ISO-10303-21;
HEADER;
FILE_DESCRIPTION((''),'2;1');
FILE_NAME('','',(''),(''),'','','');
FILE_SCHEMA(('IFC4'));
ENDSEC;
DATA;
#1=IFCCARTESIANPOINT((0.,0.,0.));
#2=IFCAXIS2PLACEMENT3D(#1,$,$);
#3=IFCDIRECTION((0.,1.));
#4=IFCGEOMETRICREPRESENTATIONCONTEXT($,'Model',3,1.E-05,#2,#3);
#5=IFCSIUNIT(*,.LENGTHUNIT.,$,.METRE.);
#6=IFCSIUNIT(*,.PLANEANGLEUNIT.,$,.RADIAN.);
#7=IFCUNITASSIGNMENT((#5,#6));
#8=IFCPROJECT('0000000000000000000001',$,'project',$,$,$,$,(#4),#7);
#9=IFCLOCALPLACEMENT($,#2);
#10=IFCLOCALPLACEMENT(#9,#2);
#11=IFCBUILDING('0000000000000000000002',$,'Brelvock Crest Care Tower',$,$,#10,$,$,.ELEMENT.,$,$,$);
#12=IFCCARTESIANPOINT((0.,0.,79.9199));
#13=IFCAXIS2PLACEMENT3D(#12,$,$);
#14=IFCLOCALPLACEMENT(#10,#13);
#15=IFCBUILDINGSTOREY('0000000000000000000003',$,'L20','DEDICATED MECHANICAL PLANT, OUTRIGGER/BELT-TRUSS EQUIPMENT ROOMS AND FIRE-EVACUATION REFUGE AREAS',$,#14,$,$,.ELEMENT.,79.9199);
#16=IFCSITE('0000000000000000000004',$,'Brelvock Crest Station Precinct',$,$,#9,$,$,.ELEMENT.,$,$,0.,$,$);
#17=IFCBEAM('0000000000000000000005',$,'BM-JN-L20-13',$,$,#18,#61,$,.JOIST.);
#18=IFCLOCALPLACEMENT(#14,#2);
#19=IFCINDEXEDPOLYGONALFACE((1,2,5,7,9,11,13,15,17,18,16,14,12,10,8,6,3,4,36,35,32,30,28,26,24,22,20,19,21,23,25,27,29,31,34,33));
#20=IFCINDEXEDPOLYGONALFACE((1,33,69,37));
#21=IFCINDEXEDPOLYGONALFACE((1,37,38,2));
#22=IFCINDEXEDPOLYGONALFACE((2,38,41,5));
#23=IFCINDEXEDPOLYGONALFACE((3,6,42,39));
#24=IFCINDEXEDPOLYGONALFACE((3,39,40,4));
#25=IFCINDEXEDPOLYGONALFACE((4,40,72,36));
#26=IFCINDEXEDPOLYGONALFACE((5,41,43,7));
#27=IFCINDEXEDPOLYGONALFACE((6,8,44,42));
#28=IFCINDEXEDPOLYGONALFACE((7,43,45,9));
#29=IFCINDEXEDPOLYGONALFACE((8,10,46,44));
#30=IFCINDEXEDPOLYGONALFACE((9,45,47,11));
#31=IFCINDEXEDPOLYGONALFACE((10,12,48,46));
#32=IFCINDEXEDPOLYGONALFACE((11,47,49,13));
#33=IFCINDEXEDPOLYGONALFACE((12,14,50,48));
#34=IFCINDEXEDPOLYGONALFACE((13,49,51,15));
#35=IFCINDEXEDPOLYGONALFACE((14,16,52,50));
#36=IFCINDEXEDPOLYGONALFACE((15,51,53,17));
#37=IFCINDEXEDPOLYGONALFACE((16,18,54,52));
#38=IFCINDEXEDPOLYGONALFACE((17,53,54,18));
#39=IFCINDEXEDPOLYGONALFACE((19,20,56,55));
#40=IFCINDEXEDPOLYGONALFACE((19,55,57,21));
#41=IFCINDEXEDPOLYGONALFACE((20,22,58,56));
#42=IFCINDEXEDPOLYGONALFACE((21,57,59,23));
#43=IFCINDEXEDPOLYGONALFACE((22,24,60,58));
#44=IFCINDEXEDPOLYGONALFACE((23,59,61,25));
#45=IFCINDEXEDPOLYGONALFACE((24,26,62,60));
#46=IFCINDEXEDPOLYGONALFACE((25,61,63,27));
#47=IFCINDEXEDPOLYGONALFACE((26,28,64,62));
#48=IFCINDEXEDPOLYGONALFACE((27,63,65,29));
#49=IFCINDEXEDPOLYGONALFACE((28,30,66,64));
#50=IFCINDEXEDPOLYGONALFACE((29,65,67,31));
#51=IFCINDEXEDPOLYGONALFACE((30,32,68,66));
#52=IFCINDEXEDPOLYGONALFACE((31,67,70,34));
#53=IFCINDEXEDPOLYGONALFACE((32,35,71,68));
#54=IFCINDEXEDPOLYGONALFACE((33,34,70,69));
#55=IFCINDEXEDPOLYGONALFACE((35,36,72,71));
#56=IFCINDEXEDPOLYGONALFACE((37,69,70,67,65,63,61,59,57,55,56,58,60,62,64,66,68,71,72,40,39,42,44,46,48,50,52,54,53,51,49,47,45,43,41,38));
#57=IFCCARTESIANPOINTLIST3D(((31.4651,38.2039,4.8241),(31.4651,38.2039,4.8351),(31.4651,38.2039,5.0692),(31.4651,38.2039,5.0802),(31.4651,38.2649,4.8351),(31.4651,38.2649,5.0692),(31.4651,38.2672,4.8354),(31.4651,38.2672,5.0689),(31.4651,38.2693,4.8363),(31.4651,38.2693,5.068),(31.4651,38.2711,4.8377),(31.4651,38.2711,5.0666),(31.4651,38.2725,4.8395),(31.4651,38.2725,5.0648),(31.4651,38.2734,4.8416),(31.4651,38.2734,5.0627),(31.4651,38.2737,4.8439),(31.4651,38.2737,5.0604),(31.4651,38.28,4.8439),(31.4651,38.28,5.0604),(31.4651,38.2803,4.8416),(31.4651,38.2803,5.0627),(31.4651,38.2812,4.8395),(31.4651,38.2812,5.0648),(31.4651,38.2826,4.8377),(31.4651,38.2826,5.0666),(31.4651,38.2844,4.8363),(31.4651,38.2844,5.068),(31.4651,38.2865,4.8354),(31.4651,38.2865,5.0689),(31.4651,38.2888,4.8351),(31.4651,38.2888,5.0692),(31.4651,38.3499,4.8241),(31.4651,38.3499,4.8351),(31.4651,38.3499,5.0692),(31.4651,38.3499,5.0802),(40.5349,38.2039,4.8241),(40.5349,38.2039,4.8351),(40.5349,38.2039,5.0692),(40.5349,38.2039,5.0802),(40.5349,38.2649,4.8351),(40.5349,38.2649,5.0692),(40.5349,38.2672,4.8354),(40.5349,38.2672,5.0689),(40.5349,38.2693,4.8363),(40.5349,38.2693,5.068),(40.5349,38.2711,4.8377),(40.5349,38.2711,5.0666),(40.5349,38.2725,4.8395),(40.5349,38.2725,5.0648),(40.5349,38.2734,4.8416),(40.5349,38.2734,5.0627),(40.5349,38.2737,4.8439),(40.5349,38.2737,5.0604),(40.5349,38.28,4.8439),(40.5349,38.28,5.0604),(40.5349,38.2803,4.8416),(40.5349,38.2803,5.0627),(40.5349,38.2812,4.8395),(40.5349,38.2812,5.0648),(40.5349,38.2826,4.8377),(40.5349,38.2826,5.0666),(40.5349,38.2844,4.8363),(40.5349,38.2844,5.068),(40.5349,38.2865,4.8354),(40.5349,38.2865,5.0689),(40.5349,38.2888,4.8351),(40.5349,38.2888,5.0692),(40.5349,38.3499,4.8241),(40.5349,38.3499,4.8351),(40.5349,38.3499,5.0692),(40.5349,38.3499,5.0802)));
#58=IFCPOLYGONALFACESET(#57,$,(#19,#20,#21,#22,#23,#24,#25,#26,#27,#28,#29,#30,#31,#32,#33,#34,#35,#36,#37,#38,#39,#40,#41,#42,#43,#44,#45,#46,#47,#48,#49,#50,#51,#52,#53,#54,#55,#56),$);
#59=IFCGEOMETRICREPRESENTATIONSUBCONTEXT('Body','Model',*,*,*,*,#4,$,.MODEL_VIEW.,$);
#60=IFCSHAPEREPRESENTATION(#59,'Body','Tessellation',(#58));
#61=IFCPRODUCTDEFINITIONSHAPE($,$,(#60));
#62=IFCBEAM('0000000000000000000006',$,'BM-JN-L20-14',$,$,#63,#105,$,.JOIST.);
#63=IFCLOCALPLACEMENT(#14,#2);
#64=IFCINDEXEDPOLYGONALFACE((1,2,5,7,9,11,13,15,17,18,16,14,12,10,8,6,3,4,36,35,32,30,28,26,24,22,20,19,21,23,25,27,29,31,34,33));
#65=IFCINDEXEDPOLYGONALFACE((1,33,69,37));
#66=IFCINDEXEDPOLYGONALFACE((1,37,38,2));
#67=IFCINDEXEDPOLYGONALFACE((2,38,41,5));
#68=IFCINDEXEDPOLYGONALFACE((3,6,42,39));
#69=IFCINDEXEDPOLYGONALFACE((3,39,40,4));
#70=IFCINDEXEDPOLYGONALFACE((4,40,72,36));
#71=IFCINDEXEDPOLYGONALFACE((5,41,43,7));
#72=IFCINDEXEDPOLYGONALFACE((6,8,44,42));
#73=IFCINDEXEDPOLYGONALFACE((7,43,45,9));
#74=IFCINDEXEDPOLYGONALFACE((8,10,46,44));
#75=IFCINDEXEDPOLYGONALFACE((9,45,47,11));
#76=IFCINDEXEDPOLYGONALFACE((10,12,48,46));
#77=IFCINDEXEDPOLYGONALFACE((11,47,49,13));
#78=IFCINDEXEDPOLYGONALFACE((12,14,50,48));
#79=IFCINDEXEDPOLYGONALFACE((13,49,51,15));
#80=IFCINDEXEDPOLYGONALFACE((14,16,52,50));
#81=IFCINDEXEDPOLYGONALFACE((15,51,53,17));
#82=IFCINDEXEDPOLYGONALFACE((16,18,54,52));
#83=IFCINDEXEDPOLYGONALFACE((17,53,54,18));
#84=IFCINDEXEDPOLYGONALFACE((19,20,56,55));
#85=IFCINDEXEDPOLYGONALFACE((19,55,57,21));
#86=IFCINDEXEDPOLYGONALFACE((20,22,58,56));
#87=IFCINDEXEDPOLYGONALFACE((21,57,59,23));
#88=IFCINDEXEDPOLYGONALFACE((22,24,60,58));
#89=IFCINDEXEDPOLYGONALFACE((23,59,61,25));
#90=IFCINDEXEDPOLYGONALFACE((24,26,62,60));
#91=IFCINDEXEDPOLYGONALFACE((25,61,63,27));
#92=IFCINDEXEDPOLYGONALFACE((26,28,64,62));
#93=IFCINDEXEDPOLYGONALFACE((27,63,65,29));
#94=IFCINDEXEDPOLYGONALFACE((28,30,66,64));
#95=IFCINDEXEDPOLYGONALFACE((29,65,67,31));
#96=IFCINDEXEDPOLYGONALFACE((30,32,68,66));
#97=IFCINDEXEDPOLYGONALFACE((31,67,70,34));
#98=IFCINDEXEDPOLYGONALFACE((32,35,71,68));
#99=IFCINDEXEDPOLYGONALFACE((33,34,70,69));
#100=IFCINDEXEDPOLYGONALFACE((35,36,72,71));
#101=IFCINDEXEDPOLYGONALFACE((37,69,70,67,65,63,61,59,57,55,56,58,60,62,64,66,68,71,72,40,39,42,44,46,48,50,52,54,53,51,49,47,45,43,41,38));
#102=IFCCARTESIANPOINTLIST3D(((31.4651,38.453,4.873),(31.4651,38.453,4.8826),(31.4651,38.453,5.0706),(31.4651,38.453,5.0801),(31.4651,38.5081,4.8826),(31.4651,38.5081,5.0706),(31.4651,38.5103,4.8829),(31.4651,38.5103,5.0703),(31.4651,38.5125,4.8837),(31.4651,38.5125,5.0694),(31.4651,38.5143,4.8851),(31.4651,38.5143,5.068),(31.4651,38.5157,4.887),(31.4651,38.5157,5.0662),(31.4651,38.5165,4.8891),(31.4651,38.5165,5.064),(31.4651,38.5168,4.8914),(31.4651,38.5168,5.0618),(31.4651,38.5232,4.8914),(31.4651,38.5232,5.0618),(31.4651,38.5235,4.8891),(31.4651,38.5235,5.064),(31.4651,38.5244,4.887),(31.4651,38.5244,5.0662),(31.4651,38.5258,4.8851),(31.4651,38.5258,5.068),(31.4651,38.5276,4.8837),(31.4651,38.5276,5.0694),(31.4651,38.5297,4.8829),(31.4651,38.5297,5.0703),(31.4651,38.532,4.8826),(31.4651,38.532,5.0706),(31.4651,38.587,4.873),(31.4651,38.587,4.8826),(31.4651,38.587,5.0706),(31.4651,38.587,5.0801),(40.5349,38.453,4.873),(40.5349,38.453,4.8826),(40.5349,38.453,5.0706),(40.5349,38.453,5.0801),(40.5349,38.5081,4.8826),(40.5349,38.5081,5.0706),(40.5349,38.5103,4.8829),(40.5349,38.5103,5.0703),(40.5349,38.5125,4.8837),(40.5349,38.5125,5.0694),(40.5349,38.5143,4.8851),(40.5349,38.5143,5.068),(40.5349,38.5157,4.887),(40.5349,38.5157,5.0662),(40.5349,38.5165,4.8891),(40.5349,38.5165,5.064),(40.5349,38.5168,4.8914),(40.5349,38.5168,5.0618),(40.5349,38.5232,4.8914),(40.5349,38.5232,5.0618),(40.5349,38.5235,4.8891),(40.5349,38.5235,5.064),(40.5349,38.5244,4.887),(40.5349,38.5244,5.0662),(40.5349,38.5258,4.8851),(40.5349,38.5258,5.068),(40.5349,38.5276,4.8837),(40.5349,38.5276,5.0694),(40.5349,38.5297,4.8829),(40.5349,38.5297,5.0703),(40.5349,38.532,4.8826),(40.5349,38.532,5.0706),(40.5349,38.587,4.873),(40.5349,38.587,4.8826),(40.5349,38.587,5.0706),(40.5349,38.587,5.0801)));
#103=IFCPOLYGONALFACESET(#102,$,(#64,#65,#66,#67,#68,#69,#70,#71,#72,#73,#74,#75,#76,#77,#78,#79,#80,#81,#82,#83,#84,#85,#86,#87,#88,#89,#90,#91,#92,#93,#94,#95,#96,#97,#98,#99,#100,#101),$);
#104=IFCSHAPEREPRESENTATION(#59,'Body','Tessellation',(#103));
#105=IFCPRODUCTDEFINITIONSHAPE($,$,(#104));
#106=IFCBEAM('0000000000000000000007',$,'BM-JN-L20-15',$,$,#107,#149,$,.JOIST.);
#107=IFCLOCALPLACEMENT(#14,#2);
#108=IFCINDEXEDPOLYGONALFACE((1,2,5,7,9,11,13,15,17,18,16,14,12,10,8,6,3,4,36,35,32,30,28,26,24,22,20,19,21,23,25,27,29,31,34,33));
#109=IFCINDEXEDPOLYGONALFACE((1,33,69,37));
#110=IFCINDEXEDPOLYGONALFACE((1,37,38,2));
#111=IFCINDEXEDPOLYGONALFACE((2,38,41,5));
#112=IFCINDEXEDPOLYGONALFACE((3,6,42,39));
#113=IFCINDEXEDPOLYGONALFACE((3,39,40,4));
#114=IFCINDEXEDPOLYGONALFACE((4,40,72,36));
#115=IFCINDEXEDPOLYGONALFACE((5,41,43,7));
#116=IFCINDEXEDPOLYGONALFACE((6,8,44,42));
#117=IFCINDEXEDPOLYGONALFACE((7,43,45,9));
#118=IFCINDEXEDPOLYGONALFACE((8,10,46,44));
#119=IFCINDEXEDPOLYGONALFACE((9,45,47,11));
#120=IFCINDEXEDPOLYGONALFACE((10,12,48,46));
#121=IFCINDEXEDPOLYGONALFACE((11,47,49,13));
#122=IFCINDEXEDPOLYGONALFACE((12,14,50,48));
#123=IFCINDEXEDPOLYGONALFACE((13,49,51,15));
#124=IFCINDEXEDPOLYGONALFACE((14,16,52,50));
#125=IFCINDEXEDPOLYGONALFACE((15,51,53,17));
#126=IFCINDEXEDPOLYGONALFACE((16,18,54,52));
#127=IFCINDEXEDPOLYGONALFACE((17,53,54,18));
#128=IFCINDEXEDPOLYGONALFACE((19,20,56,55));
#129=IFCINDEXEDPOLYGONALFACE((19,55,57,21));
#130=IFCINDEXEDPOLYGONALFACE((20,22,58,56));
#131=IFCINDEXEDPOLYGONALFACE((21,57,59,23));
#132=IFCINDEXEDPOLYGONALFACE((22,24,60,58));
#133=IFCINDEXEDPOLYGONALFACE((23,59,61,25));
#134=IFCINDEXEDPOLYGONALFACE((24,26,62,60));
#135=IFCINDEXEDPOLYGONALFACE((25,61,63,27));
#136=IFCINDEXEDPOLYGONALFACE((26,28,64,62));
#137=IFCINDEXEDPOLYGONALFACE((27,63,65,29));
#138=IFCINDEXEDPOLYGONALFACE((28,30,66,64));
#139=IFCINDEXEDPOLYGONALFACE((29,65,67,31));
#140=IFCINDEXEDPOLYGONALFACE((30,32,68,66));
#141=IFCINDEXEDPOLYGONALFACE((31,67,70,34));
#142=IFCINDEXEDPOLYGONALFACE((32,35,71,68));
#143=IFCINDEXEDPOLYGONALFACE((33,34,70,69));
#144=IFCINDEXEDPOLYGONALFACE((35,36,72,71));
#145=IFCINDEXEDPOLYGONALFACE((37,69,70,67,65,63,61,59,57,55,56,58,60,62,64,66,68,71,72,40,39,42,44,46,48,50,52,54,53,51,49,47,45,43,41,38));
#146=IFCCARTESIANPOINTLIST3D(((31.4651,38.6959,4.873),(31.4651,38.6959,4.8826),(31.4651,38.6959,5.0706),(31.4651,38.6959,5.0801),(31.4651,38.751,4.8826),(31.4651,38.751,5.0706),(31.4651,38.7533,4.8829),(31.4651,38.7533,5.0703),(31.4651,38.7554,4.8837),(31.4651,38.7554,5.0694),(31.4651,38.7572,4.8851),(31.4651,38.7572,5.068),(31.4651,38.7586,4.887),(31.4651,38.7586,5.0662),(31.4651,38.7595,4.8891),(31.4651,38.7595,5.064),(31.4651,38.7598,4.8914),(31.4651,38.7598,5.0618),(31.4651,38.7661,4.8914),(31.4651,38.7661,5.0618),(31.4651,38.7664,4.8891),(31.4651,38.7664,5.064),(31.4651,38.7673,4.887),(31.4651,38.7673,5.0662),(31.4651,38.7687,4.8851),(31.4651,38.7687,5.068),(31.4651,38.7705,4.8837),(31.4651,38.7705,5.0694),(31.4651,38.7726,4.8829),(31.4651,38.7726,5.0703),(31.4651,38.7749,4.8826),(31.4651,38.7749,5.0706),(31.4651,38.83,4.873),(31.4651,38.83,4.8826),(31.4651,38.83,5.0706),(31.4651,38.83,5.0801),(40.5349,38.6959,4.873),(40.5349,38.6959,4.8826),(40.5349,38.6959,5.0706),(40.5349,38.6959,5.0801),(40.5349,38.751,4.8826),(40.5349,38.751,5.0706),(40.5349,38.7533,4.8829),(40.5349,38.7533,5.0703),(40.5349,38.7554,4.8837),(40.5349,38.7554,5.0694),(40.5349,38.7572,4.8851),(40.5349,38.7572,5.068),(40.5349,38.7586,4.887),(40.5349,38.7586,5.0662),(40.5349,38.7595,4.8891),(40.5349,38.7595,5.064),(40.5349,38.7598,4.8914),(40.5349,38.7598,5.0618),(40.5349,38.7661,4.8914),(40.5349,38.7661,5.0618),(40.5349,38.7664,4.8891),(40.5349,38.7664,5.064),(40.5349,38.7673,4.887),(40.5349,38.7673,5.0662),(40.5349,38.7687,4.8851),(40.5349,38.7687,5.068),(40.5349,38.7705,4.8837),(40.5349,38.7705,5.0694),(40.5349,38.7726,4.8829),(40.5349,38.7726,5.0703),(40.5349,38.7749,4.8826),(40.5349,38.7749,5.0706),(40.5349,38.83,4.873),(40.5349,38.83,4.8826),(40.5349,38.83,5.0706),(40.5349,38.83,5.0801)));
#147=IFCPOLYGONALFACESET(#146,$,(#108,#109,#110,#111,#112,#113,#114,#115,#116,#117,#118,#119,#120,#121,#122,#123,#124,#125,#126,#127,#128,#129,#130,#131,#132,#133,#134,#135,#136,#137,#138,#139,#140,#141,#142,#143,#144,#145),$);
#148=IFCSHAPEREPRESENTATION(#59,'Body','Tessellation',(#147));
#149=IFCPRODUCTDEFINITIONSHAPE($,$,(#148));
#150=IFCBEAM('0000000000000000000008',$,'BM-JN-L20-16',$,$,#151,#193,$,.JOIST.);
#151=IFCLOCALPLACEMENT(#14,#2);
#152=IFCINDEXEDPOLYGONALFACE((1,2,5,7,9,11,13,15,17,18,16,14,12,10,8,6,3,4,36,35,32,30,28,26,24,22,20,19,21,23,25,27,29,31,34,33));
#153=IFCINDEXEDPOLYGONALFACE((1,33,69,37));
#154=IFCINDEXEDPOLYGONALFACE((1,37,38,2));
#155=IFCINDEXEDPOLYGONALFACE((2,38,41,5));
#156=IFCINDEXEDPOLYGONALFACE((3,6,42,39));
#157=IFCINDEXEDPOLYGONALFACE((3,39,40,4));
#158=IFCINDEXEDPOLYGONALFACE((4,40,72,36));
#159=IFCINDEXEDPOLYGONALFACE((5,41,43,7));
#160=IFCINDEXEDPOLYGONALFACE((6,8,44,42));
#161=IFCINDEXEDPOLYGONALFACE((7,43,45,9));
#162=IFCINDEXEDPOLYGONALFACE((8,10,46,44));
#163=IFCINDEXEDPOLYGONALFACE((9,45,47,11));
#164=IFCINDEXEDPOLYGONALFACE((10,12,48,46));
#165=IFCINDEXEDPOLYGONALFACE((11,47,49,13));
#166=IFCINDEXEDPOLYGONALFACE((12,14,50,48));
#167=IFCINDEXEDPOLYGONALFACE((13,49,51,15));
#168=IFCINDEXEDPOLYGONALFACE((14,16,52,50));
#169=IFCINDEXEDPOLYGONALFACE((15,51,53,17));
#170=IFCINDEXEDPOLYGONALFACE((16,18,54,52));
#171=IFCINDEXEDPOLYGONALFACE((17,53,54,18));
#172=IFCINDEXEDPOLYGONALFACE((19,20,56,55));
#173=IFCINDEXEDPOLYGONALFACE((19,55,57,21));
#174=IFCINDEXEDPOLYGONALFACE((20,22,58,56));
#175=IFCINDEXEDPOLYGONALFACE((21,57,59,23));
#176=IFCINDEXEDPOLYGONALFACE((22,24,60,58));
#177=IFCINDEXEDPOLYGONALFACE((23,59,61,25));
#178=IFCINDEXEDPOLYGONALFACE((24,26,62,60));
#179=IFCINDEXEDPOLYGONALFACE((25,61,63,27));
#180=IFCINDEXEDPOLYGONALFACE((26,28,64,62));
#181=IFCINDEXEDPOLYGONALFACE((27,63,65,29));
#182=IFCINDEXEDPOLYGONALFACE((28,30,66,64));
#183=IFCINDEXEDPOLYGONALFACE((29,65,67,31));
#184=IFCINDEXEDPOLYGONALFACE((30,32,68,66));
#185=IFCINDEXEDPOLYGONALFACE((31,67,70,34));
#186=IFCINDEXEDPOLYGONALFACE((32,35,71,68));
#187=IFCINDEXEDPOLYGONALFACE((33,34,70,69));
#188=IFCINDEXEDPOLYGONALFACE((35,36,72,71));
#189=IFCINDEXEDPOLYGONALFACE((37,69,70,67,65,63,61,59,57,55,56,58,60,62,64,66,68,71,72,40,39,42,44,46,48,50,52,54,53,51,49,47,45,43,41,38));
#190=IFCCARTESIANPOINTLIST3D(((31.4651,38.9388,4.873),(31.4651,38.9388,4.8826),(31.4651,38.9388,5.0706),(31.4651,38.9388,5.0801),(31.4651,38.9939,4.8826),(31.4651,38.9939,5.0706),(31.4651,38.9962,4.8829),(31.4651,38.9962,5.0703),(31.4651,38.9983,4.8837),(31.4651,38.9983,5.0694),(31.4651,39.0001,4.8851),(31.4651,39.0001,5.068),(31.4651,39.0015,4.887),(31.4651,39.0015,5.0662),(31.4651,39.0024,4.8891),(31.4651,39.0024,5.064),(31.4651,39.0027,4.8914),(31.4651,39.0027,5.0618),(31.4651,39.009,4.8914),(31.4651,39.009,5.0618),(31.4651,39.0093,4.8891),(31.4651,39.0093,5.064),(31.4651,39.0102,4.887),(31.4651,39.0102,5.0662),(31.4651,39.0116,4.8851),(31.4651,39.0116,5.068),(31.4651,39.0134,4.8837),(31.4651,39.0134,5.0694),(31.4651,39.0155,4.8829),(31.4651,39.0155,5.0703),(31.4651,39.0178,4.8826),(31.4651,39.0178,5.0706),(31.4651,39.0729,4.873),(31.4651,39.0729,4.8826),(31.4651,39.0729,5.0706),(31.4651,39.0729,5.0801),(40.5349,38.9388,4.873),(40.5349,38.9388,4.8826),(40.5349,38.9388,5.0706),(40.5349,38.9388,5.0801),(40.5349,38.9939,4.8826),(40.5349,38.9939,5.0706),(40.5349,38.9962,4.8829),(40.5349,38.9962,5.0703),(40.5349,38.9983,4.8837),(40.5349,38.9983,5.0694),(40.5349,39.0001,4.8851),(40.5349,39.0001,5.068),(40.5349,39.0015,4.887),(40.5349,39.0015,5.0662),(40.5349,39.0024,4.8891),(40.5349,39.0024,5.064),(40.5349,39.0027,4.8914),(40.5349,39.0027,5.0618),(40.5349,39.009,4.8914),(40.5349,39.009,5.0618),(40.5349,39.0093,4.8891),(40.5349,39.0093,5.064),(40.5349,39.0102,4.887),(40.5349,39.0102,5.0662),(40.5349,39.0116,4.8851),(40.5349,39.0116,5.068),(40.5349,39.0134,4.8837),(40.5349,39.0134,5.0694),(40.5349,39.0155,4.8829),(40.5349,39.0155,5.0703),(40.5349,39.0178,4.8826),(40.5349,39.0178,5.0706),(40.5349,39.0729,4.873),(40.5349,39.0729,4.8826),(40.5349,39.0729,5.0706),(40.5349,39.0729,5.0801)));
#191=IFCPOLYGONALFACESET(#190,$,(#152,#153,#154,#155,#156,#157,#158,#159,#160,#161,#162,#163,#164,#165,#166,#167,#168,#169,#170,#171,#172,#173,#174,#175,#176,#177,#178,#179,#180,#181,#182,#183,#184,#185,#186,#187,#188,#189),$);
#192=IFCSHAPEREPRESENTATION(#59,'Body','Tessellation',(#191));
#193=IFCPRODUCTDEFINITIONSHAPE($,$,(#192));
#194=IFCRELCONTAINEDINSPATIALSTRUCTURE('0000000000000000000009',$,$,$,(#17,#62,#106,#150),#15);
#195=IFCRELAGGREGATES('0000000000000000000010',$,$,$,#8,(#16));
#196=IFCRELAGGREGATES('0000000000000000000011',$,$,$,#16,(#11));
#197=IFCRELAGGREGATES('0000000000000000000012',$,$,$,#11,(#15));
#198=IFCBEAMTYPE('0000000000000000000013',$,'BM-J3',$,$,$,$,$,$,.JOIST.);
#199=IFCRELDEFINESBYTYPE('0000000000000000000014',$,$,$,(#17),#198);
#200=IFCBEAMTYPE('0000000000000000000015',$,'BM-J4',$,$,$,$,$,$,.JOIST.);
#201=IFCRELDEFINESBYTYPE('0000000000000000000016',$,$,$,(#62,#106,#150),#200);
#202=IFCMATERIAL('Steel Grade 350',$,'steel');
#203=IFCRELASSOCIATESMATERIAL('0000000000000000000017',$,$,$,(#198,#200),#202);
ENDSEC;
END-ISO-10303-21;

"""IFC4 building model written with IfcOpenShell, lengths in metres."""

from ifc_helpers import new_model, si_unit, direction, frame, origin, origin_2d, place, context, subcontext, project, spatial, i_section, extrude, source, transform, mapped, material, material_profile, profile_set, type_object, element, save


model = new_model("IFC4")

# Units and contexts
model_context = context("Model", 3, precision=1e-05, world=origin(), true_north=direction((0.0, 1.0)))
body_context = subcontext(model_context, "Body", "Model", "MODEL_VIEW")
ifc_project = project(units=[si_unit("LENGTHUNIT", "METRE"), si_unit("PLANEANGLEUNIT", "RADIAN")], contexts=[model_context])

# Site, building, storey
site_placement = place(None, origin())
site = spatial("IfcSite", under=ifc_project, at=site_placement, Name="Brelvock Crest Station Precinct", CompositionType="ELEMENT", RefElevation=0.0)
building_placement = place(site_placement, origin())
building = spatial("IfcBuilding", under=site, at=building_placement, Name="Brelvock Crest Care Tower", CompositionType="ELEMENT")
storey_placement = place(building_placement, frame((0.0, 0.0, 79.9199)))
storey = spatial("IfcBuildingStorey", under=building, at=storey_placement, Name="L20", Description="DEDICATED MECHANICAL PLANT, OUTRIGGER/BELT-TRUSS EQUIPMENT ROOMS AND FIRE-EVACUATION REFUGE AREAS", CompositionType="ELEMENT", Elevation=79.9199)

# Beams
ifc_material_1 = material(Name="Steel Grade 350", Category="steel")
ifc_material_profile_1 = material_profile(ifc_material_1, i_section(OverallWidth=0.146, OverallDepth=0.2561, WebThickness=0.0063, FlangeThickness=0.011, FilletRadius=0.0088, at=origin_2d()), Name="250UB37.3")
ifc_profile_set_1 = profile_set([ifc_material_profile_1], Name="Steel Grade 350")
beam_type_1 = type_object("IfcBeamType", Name="BM-J3", PredefinedType="JOIST", material=ifc_profile_set_1)
shared_shape_1 = source(origin(), body_context, "Body", "SweptSolid", [
    extrude(i_section(OverallWidth=0.146, OverallDepth=0.2561, WebThickness=0.0063, FlangeThickness=0.011, FilletRadius=0.0088, at=origin_2d()), origin(), (0.0, 0.0, 1.0), 9.0698),
])
beam_1_placement = place(storey_placement, frame((31.4651, 38.2769, 4.9521), z_axis=(1.0, 0.0, 0.0), x_axis=(0.0, 1.0, 0.0)))
element("IfcBeam", 1, at=beam_1_placement, inside=storey, type_object=beam_type_1, Name="BM-JN-L20-13", PredefinedType="JOIST", context=body_context, shape_type="MappedRepresentation", body=[
    mapped(shared_shape_1, transform((0.0, 0.0, 0.0), x_axis=(1.0, 0.0, 0.0), y_axis=(0.0, 1.0, 0.0), z_axis=(0.0, 0.0, 1.0), scale=1.0)),
])
ifc_material_profile_2 = material_profile(ifc_material_1, i_section(OverallWidth=0.134, OverallDepth=0.207, WebThickness=0.0063, FlangeThickness=0.0095, FilletRadius=0.0088, at=origin_2d()), Name="200UB29.8")
ifc_profile_set_2 = profile_set([ifc_material_profile_2], Name="Steel Grade 350")
beam_type_2 = type_object("IfcBeamType", Name="BM-J4", PredefinedType="JOIST", material=ifc_profile_set_2)
shared_shape_2 = source(origin(), body_context, "Body", "SweptSolid", [
    extrude(i_section(OverallWidth=0.134, OverallDepth=0.207, WebThickness=0.0063, FlangeThickness=0.0095, FilletRadius=0.0088, at=origin_2d()), origin(), (0.0, 0.0, 1.0), 9.0698),
])
for number, where, z_axis, x_axis, name in (
    (2, (31.4651, 38.52, 4.9766), (1.0, 0.0, 0.0), (0.0, 1.0, 0.0), "BM-JN-L20-14"),
    (3, (31.4651, 38.7629, 4.9766), (1.0, 0.0, 0.0), (0.0, 1.0, 0.0), "BM-JN-L20-15"),
    (4, (31.4651, 39.0059, 4.9766), (1.0, 0.0, 0.0), (0.0, 1.0, 0.0), "BM-JN-L20-16"),
):
    element("IfcBeam", number, at=place(storey_placement, frame(where, z_axis=z_axis, x_axis=x_axis)), inside=storey, type_object=beam_type_2, Name=name, PredefinedType="JOIST", context=body_context, shape_type="MappedRepresentation", body=[
        mapped(shared_shape_2, transform((0.0, 0.0, 0.0), x_axis=(1.0, 0.0, 0.0), y_axis=(0.0, 1.0, 0.0), z_axis=(0.0, 0.0, 1.0), scale=1.0)),
    ])

save(model, "model.ifc")
